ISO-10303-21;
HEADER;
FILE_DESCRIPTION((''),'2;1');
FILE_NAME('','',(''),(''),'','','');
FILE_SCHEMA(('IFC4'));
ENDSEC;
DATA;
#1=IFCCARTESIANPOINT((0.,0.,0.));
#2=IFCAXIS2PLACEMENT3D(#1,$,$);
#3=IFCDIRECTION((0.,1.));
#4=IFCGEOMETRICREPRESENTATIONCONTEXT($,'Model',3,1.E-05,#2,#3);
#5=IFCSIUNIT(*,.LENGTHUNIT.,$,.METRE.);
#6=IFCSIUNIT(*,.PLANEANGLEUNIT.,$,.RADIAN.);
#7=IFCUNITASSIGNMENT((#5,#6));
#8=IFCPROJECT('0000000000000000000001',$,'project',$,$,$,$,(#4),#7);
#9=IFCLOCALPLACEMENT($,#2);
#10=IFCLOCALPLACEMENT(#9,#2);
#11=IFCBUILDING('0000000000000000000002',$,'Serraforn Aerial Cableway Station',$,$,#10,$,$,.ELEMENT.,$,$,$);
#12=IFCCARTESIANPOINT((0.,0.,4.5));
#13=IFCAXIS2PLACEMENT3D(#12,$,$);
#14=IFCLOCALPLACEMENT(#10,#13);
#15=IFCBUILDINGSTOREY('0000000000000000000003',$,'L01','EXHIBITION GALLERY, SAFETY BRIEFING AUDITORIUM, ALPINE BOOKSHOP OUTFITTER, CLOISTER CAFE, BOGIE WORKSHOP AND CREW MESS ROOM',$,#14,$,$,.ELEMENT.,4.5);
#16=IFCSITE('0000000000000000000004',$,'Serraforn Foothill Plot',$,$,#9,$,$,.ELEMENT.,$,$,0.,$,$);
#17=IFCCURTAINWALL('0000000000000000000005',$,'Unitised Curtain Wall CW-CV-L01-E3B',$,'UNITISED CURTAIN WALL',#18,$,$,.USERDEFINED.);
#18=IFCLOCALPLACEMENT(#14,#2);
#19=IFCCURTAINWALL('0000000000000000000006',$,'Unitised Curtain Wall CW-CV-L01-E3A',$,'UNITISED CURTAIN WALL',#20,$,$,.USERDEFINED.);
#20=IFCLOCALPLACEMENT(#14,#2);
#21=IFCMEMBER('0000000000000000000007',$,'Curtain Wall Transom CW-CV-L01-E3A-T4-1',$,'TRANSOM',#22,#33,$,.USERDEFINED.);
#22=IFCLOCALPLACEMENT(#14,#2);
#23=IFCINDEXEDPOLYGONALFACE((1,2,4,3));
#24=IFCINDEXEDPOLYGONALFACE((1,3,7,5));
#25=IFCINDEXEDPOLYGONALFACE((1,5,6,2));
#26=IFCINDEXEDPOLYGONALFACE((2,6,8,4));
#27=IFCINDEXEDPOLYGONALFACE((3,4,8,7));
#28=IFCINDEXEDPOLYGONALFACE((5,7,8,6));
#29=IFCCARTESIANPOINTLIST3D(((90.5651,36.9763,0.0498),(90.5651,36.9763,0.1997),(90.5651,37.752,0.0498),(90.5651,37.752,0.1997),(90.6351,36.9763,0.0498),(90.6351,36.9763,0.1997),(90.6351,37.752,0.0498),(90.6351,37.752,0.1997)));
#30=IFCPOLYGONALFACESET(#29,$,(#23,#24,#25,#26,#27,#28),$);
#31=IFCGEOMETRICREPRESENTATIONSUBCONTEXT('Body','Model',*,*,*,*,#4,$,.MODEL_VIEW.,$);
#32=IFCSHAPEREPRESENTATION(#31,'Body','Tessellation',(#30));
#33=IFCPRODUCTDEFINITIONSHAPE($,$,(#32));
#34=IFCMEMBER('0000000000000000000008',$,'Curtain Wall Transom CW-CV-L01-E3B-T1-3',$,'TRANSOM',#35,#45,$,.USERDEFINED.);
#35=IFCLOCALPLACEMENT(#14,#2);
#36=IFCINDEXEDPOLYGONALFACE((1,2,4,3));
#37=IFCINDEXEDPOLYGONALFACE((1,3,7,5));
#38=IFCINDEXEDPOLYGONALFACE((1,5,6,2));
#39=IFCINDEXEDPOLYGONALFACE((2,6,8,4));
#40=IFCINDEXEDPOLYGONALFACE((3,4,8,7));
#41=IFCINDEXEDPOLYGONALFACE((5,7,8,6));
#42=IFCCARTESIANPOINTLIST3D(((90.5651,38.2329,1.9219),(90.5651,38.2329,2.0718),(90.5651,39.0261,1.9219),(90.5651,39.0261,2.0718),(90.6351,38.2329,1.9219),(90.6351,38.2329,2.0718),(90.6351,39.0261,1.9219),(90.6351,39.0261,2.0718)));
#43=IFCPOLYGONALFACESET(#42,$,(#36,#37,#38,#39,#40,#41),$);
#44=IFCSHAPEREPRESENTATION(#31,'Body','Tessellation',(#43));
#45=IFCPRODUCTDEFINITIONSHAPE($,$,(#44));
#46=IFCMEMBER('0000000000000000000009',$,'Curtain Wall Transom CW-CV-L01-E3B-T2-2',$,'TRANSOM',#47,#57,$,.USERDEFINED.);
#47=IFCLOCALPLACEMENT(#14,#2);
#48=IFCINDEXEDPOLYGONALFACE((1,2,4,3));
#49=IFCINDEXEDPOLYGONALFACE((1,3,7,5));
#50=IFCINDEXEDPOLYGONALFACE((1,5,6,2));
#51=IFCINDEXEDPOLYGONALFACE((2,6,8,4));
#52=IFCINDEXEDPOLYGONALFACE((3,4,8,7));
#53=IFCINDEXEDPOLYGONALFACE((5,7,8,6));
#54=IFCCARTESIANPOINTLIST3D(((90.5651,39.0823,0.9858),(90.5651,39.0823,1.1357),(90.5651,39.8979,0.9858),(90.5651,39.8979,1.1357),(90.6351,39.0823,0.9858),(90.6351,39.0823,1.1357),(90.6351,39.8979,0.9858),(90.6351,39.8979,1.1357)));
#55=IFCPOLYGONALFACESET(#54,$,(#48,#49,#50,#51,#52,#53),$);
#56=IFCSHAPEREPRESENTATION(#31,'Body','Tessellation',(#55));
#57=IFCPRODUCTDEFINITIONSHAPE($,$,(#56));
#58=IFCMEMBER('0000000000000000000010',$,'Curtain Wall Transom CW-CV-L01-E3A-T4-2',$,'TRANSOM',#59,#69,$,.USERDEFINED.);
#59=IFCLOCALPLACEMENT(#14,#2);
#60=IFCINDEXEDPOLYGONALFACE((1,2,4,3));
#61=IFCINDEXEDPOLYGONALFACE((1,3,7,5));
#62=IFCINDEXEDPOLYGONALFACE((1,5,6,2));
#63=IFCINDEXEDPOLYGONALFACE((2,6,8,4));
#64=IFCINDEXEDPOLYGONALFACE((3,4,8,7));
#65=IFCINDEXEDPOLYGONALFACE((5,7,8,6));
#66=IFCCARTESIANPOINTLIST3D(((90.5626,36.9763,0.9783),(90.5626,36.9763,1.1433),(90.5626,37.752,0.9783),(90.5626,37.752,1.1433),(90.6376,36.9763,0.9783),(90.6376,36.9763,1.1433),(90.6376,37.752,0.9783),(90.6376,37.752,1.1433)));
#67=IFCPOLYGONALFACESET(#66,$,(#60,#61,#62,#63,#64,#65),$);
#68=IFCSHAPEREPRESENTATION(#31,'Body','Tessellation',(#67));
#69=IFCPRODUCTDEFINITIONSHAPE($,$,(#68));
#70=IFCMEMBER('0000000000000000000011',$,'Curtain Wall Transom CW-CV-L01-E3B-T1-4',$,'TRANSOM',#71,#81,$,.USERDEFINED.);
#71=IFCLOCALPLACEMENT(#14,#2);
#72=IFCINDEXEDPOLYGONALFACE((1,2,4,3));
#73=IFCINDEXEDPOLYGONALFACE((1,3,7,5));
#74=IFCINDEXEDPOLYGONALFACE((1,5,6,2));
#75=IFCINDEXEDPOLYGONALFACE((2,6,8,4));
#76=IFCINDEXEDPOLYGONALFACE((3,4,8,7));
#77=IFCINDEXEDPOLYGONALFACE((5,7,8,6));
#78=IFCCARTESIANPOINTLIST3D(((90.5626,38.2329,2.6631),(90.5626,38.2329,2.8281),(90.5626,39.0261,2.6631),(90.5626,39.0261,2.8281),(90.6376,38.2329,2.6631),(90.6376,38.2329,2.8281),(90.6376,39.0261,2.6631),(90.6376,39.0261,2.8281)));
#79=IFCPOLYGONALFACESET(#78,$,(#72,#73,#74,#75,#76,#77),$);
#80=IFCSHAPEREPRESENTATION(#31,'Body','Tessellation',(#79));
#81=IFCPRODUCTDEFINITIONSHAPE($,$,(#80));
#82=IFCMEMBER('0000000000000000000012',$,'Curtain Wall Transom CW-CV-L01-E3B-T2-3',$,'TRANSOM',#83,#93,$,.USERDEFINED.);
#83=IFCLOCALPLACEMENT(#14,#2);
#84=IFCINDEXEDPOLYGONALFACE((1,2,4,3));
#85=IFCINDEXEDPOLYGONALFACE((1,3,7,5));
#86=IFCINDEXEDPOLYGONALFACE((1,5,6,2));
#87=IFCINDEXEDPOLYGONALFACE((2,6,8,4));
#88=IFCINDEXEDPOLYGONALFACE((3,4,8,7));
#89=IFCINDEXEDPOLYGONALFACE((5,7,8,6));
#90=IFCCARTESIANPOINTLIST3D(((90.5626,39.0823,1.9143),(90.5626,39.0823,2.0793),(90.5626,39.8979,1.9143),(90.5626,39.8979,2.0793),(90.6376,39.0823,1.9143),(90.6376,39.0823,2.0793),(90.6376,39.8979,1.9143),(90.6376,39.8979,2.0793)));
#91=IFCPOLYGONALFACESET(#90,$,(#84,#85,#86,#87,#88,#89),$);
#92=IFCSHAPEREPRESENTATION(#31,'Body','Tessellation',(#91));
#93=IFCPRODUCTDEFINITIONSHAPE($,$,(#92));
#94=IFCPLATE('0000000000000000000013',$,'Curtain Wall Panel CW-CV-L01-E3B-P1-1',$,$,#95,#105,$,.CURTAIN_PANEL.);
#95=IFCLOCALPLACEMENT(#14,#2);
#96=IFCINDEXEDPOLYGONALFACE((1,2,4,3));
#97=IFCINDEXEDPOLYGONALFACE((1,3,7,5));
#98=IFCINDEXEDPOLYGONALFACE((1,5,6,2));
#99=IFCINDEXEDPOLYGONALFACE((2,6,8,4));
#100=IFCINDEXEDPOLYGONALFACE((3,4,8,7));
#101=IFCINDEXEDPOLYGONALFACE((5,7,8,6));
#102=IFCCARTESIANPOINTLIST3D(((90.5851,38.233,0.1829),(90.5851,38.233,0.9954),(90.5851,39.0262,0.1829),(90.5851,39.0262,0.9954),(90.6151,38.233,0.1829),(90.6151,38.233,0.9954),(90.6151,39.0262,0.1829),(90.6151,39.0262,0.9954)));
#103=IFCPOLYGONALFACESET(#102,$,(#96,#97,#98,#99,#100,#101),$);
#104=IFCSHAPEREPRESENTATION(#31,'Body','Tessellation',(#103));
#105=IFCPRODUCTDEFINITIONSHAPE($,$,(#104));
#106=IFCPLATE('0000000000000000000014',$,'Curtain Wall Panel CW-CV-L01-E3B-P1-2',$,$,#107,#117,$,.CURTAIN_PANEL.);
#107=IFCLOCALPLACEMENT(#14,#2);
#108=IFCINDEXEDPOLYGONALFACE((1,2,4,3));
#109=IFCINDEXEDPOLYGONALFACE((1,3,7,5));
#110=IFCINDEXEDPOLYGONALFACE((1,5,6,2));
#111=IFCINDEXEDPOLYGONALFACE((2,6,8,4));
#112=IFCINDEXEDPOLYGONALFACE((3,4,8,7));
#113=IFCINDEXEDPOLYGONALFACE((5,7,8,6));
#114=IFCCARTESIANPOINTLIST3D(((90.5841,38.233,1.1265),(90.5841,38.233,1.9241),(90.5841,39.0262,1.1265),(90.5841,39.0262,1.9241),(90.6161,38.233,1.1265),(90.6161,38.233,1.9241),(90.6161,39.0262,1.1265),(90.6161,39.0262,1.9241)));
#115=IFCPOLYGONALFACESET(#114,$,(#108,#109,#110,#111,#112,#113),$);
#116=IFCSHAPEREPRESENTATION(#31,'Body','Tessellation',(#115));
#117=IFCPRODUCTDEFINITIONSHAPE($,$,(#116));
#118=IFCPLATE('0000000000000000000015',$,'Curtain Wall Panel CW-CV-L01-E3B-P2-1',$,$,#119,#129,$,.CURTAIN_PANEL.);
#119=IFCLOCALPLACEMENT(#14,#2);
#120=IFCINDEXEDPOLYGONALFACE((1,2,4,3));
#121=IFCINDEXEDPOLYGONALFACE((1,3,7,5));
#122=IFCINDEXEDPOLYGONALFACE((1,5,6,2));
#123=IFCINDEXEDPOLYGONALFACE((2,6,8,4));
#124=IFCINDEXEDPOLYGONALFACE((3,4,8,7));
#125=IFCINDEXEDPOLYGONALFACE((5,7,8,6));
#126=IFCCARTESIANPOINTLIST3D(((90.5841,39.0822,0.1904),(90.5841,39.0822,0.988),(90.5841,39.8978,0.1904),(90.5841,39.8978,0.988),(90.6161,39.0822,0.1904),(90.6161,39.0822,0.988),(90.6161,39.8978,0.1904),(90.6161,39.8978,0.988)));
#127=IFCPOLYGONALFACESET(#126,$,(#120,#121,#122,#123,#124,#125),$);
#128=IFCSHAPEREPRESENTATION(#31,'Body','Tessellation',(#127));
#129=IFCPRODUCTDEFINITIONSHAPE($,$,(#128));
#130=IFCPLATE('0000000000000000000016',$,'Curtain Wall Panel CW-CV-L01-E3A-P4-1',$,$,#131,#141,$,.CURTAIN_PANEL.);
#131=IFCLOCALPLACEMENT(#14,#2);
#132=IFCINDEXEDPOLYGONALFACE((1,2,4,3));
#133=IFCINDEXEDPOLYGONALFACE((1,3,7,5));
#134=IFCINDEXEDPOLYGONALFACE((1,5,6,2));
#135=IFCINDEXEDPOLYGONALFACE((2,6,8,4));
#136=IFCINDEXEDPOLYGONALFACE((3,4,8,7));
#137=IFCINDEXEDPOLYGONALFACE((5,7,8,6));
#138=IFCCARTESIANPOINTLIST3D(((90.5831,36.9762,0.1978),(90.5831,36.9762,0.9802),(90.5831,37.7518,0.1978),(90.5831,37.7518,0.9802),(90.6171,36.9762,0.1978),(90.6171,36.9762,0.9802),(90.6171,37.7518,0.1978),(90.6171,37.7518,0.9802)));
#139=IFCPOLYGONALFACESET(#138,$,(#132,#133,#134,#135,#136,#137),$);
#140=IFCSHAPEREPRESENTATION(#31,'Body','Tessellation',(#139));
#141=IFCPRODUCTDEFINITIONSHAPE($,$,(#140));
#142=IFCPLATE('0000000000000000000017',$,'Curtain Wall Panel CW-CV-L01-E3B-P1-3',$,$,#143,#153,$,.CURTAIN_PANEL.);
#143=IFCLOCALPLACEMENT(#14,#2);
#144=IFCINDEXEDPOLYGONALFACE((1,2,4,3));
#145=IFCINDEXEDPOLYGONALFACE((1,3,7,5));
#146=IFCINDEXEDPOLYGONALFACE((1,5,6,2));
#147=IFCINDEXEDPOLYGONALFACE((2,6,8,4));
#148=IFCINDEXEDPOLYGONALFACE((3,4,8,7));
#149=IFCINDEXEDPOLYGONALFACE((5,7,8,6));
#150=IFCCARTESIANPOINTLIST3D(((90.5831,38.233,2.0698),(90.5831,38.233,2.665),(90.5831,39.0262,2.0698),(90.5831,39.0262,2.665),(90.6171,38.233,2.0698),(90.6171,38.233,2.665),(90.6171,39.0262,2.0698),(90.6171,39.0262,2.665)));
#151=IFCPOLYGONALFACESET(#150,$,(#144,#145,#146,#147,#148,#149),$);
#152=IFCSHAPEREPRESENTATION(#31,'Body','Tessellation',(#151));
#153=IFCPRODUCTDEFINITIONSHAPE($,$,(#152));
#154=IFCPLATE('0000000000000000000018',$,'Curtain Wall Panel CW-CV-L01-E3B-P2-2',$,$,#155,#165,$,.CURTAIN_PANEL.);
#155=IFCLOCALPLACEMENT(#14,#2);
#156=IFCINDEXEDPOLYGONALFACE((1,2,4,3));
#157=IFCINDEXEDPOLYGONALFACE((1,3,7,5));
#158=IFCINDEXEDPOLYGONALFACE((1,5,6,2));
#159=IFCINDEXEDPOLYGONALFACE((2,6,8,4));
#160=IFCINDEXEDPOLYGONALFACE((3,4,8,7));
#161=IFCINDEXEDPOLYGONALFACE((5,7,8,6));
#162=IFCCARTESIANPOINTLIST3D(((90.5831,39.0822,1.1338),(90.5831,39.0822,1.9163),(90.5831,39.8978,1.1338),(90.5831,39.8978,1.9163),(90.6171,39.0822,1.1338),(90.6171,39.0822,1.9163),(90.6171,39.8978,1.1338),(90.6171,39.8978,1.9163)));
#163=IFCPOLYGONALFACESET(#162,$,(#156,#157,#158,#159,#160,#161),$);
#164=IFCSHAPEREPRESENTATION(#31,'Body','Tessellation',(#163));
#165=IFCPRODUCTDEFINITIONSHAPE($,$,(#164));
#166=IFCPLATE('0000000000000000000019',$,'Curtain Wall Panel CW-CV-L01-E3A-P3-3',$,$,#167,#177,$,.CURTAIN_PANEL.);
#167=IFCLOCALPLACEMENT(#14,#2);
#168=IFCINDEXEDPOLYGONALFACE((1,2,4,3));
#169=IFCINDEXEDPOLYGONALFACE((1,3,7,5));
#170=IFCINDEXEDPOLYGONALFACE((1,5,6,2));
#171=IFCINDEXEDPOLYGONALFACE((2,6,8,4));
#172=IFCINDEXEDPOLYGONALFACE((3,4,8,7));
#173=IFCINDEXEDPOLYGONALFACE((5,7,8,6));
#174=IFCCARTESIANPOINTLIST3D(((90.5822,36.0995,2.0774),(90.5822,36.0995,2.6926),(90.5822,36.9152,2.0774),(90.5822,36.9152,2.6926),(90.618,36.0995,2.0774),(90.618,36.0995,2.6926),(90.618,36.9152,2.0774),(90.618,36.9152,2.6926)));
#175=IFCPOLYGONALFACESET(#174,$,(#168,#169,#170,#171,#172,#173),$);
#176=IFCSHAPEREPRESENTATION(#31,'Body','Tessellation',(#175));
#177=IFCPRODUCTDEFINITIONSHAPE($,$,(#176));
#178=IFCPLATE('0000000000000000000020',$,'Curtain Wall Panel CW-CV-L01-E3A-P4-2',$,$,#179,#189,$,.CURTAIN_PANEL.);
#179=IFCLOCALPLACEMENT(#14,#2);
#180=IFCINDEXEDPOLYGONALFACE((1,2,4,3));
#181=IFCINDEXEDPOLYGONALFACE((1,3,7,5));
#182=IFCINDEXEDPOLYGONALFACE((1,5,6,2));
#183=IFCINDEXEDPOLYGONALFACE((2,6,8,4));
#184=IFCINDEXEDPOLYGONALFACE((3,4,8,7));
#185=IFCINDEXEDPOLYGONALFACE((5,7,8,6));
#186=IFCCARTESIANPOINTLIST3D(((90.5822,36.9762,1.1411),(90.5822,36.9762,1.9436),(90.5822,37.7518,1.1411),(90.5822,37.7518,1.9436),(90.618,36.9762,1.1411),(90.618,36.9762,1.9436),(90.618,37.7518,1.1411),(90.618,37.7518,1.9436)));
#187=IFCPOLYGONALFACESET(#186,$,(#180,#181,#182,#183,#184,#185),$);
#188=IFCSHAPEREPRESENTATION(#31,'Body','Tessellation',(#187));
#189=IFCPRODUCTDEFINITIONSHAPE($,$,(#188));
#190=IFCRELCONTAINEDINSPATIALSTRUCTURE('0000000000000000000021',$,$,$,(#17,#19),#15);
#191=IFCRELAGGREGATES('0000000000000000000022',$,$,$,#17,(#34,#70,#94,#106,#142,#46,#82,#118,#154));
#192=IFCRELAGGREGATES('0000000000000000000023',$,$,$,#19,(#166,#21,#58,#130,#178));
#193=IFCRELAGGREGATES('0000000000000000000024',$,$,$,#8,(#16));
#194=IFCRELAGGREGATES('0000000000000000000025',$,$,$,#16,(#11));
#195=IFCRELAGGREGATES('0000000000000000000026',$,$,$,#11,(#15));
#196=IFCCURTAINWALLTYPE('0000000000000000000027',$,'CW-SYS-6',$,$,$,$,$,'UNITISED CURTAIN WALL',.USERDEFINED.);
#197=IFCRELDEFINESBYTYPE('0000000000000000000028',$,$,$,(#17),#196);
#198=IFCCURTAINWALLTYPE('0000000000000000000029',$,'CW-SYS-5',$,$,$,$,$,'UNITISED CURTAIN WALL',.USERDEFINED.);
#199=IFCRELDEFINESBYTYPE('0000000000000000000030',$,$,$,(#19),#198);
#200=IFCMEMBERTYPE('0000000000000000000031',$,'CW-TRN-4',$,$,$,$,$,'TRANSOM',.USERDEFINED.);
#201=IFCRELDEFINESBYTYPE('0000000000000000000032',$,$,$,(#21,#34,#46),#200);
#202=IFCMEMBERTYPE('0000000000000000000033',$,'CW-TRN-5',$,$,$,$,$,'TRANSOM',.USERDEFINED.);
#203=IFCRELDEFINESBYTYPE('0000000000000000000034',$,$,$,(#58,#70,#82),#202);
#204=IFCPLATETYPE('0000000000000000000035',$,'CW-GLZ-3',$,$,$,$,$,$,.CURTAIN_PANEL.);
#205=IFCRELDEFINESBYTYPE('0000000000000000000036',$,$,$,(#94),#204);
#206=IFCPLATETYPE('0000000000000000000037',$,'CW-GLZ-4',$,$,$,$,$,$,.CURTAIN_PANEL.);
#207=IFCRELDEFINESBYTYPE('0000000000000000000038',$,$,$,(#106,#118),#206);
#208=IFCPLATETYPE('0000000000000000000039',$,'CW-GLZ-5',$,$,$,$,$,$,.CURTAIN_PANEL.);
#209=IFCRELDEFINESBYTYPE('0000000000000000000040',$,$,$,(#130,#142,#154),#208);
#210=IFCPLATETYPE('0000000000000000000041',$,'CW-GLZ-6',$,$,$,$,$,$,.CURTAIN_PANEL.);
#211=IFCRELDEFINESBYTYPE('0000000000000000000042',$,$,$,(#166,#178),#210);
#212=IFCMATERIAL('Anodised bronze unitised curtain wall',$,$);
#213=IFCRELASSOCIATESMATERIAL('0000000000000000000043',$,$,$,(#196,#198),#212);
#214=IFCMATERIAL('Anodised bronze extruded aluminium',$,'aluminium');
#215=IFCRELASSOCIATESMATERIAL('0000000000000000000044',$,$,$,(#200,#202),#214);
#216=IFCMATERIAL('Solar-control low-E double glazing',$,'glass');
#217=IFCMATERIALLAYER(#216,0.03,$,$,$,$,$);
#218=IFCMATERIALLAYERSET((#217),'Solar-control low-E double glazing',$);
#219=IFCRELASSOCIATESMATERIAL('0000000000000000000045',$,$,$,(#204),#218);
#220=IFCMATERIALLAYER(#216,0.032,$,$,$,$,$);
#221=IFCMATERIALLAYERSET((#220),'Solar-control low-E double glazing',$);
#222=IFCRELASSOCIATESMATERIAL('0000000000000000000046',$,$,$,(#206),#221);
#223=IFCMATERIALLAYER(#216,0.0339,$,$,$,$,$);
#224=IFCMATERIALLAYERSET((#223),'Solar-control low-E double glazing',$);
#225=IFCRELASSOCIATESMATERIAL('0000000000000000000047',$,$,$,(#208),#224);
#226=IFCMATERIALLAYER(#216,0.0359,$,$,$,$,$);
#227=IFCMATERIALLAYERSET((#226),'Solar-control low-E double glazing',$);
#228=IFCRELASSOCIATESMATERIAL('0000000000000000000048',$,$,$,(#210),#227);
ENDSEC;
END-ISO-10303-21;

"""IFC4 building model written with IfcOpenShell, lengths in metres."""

from ifc_helpers import new_model, si_unit, direction, frame, origin, origin_2d, place, context, subcontext, project, spatial, rectangle, extrude, material, layer, layer_set, material_profile, profile_set, type_object, element, aggregate, save


model = new_model("IFC4")

# Units and contexts
model_context = context("Model", 3, precision=1e-05, world=origin(), true_north=direction((0.0, 1.0)))
body_context = subcontext(model_context, "Body", "Model", "MODEL_VIEW")
ifc_project = project(units=[si_unit("LENGTHUNIT", "METRE"), si_unit("PLANEANGLEUNIT", "RADIAN")], contexts=[model_context])

# Site, building, storey
site_placement = place(None, origin())
site = spatial("IfcSite", under=ifc_project, at=site_placement, Name="Serraforn Foothill Plot", CompositionType="ELEMENT", RefElevation=0.0)
building_placement = place(site_placement, origin())
building = spatial("IfcBuilding", under=site, at=building_placement, Name="Serraforn Aerial Cableway Station", CompositionType="ELEMENT")
storey_placement = place(building_placement, frame((0.0, 0.0, 4.5)))
storey = spatial("IfcBuildingStorey", under=building, at=storey_placement, Name="L01", Description="EXHIBITION GALLERY, SAFETY BRIEFING AUDITORIUM, ALPINE BOOKSHOP OUTFITTER, CLOISTER CAFE, BOGIE WORKSHOP AND CREW MESS ROOM", CompositionType="ELEMENT", Elevation=4.5)

# Curtain walls
ifc_material_1 = material(Name="Anodised bronze unitised curtain wall")
curtain_wall_type_1 = type_object("IfcCurtainWallType", Name="CW-SYS-6", ElementType="UNITISED CURTAIN WALL", PredefinedType="USERDEFINED", material=ifc_material_1)
curtain_wall_1_placement = place(storey_placement, origin())
curtain_wall_1 = element("IfcCurtainWall", 1, at=curtain_wall_1_placement, inside=storey, type_object=curtain_wall_type_1, Name="Unitised Curtain Wall CW-CV-L01-E3B", ObjectType="UNITISED CURTAIN WALL", PredefinedType="USERDEFINED")
ifc_material_2 = material(Name="Anodised bronze extruded aluminium", Category="aluminium")
curtain_wall_type_2 = type_object("IfcCurtainWallType", Name="CW-SYS-5", ElementType="UNITISED CURTAIN WALL", PredefinedType="USERDEFINED", material=ifc_material_1)
curtain_wall_2_placement = place(storey_placement, origin())
curtain_wall_2 = element("IfcCurtainWall", 2, at=curtain_wall_2_placement, inside=storey, type_object=curtain_wall_type_2, Name="Unitised Curtain Wall CW-CV-L01-E3A", ObjectType="UNITISED CURTAIN WALL", PredefinedType="USERDEFINED")

# Members
ifc_material_profile_1 = material_profile(ifc_material_2, rectangle(XDim=0.0701, YDim=0.1499, at=origin_2d()), Name="CW TRANSOM 70x150")
ifc_profile_set_1 = profile_set([ifc_material_profile_1], Name="Anodised bronze extruded aluminium")
member_type_1 = type_object("IfcMemberType", Name="CW-TRN-4", ElementType="TRANSOM", PredefinedType="USERDEFINED", material=ifc_profile_set_1)
member_1_placement = place(storey_placement, frame((90.6001, 36.9763, 0.1248), z_axis=(0.0, 1.0, 0.0), x_axis=(-1.0, 0.0, 0.0)))
member_1 = element("IfcMember", 3, at=member_1_placement, type_object=member_type_1, Name="Curtain Wall Transom CW-CV-L01-E3A-T4-1", ObjectType="TRANSOM", PredefinedType="USERDEFINED", context=body_context, shape_type="SweptSolid", body=[
    extrude(rectangle(XDim=0.0701, YDim=0.1499, at=origin_2d()), origin(), (0.0, 0.0, 1.0), 0.7756),
])
member_2_placement = place(storey_placement, frame((90.6001, 38.2329, 1.9968), z_axis=(0.0, 1.0, 0.0), x_axis=(-1.0, 0.0, 0.0)))
member_2 = element("IfcMember", 4, at=member_2_placement, type_object=member_type_1, Name="Curtain Wall Transom CW-CV-L01-E3B-T1-3", ObjectType="TRANSOM", PredefinedType="USERDEFINED", context=body_context, shape_type="SweptSolid", body=[
    extrude(rectangle(XDim=0.0701, YDim=0.1499, at=origin_2d()), origin(), (0.0, 0.0, 1.0), 0.7932),
])
member_3_placement = place(storey_placement, frame((90.6001, 39.0823, 1.0608), z_axis=(0.0, 1.0, 0.0), x_axis=(-1.0, 0.0, 0.0)))
member_3 = element("IfcMember", 5, at=member_3_placement, type_object=member_type_1, Name="Curtain Wall Transom CW-CV-L01-E3B-T2-2", ObjectType="TRANSOM", PredefinedType="USERDEFINED", context=body_context, shape_type="SweptSolid", body=[
    extrude(rectangle(XDim=0.0701, YDim=0.1499, at=origin_2d()), origin(), (0.0, 0.0, 1.0), 0.8157),
])
ifc_material_profile_2 = material_profile(ifc_material_2, rectangle(XDim=0.075, YDim=0.165, at=origin_2d()), Name="CW TRANSOM 75x165")
ifc_profile_set_2 = profile_set([ifc_material_profile_2], Name="Anodised bronze extruded aluminium")
member_type_2 = type_object("IfcMemberType", Name="CW-TRN-5", ElementType="TRANSOM", PredefinedType="USERDEFINED", material=ifc_profile_set_2)
member_4_placement = place(storey_placement, frame((90.6001, 36.9763, 1.0608), z_axis=(0.0, 1.0, 0.0), x_axis=(-1.0, 0.0, 0.0)))
member_4 = element("IfcMember", 6, at=member_4_placement, type_object=member_type_2, Name="Curtain Wall Transom CW-CV-L01-E3A-T4-2", ObjectType="TRANSOM", PredefinedType="USERDEFINED", context=body_context, shape_type="SweptSolid", body=[
    extrude(rectangle(XDim=0.075, YDim=0.165, at=origin_2d()), origin(), (0.0, 0.0, 1.0), 0.7756),
])
member_5_placement = place(storey_placement, frame((90.6001, 38.2329, 2.7456), z_axis=(0.0, 1.0, 0.0), x_axis=(-1.0, 0.0, 0.0)))
member_5 = element("IfcMember", 7, at=member_5_placement, type_object=member_type_2, Name="Curtain Wall Transom CW-CV-L01-E3B-T1-4", ObjectType="TRANSOM", PredefinedType="USERDEFINED", context=body_context, shape_type="SweptSolid", body=[
    extrude(rectangle(XDim=0.075, YDim=0.165, at=origin_2d()), origin(), (0.0, 0.0, 1.0), 0.7932),
])
member_6_placement = place(storey_placement, frame((90.6001, 39.0823, 1.9968), z_axis=(0.0, 1.0, 0.0), x_axis=(-1.0, 0.0, 0.0)))
member_6 = element("IfcMember", 8, at=member_6_placement, type_object=member_type_2, Name="Curtain Wall Transom CW-CV-L01-E3B-T2-3", ObjectType="TRANSOM", PredefinedType="USERDEFINED", context=body_context, shape_type="SweptSolid", body=[
    extrude(rectangle(XDim=0.075, YDim=0.165, at=origin_2d()), origin(), (0.0, 0.0, 1.0), 0.8157),
])

# Plates
ifc_material_3 = material(Name="Solar-control low-E double glazing", Category="glass")
ifc_layer_1 = layer(ifc_material_3, 0.03)
ifc_layer_set_1 = layer_set([ifc_layer_1], Name="Solar-control low-E double glazing")
plate_type_1 = type_object("IfcPlateType", Name="CW-GLZ-3", PredefinedType="CURTAIN_PANEL", material=ifc_layer_set_1)
plate_1_placement = place(storey_placement, frame((90.6001, 38.6296, 0.1829), z_axis=(0.0, 0.0, 1.0), x_axis=(1.0, 0.0, 0.0)))
plate_1 = element("IfcPlate", 9, at=plate_1_placement, type_object=plate_type_1, Name="Curtain Wall Panel CW-CV-L01-E3B-P1-1", PredefinedType="CURTAIN_PANEL", context=body_context, shape_type="SweptSolid", body=[
    extrude(rectangle(XDim=0.03, YDim=0.7932, at=origin_2d()), origin(), (0.0, 0.0, 1.0), 0.8125),
])
ifc_layer_2 = layer(ifc_material_3, 0.032)
ifc_layer_set_2 = layer_set([ifc_layer_2], Name="Solar-control low-E double glazing")
plate_type_2 = type_object("IfcPlateType", Name="CW-GLZ-4", PredefinedType="CURTAIN_PANEL", material=ifc_layer_set_2)
plate_2_placement = place(storey_placement, frame((90.6001, 38.6296, 1.1265), z_axis=(0.0, 0.0, 1.0), x_axis=(1.0, 0.0, 0.0)))
plate_2 = element("IfcPlate", 10, at=plate_2_placement, type_object=plate_type_2, Name="Curtain Wall Panel CW-CV-L01-E3B-P1-2", PredefinedType="CURTAIN_PANEL", context=body_context, shape_type="SweptSolid", body=[
    extrude(rectangle(XDim=0.032, YDim=0.7932, at=origin_2d()), origin(), (0.0, 0.0, 1.0), 0.7976),
])
plate_3_placement = place(storey_placement, frame((90.6001, 39.49, 0.1904), z_axis=(0.0, 0.0, 1.0), x_axis=(1.0, 0.0, 0.0)))
plate_3 = element("IfcPlate", 11, at=plate_3_placement, type_object=plate_type_2, Name="Curtain Wall Panel CW-CV-L01-E3B-P2-1", PredefinedType="CURTAIN_PANEL", context=body_context, shape_type="SweptSolid", body=[
    extrude(rectangle(XDim=0.032, YDim=0.8157, at=origin_2d()), origin(), (0.0, 0.0, 1.0), 0.7976),
])
ifc_layer_3 = layer(ifc_material_3, 0.0339)
ifc_layer_set_3 = layer_set([ifc_layer_3], Name="Solar-control low-E double glazing")
plate_type_3 = type_object("IfcPlateType", Name="CW-GLZ-5", PredefinedType="CURTAIN_PANEL", material=ifc_layer_set_3)
plate_4_placement = place(storey_placement, frame((90.6001, 37.364, 0.1978), z_axis=(0.0, 0.0, 1.0), x_axis=(1.0, 0.0, 0.0)))
plate_4 = element("IfcPlate", 12, at=plate_4_placement, type_object=plate_type_3, Name="Curtain Wall Panel CW-CV-L01-E3A-P4-1", PredefinedType="CURTAIN_PANEL", context=body_context, shape_type="SweptSolid", body=[
    extrude(rectangle(XDim=0.0339, YDim=0.7756, at=origin_2d()), origin(), (0.0, 0.0, 1.0), 0.7825),
])
plate_5_placement = place(storey_placement, frame((90.6001, 38.6296, 2.0698), z_axis=(0.0, 0.0, 1.0), x_axis=(1.0, 0.0, 0.0)))
plate_5 = element("IfcPlate", 13, at=plate_5_placement, type_object=plate_type_3, Name="Curtain Wall Panel CW-CV-L01-E3B-P1-3", PredefinedType="CURTAIN_PANEL", context=body_context, shape_type="SweptSolid", body=[
    extrude(rectangle(XDim=0.0339, YDim=0.7932, at=origin_2d()), origin(), (0.0, 0.0, 1.0), 0.5952),
])
plate_6_placement = place(storey_placement, frame((90.6001, 39.49, 1.1338), z_axis=(0.0, 0.0, 1.0), x_axis=(1.0, 0.0, 0.0)))
plate_6 = element("IfcPlate", 14, at=plate_6_placement, type_object=plate_type_3, Name="Curtain Wall Panel CW-CV-L01-E3B-P2-2", PredefinedType="CURTAIN_PANEL", context=body_context, shape_type="SweptSolid", body=[
    extrude(rectangle(XDim=0.0339, YDim=0.8157, at=origin_2d()), origin(), (0.0, 0.0, 1.0), 0.7825),
])
aggregate(curtain_wall_1, [member_2, member_5, plate_1, plate_2, plate_5, member_3, member_6, plate_3, plate_6])
ifc_layer_4 = layer(ifc_material_3, 0.0359)
ifc_layer_set_4 = layer_set([ifc_layer_4], Name="Solar-control low-E double glazing")
plate_type_4 = type_object("IfcPlateType", Name="CW-GLZ-6", PredefinedType="CURTAIN_PANEL", material=ifc_layer_set_4)
plate_7_placement = place(storey_placement, frame((90.6001, 36.5073, 2.0774), z_axis=(0.0, 0.0, 1.0), x_axis=(1.0, 0.0, 0.0)))
plate_7 = element("IfcPlate", 15, at=plate_7_placement, type_object=plate_type_4, Name="Curtain Wall Panel CW-CV-L01-E3A-P3-3", PredefinedType="CURTAIN_PANEL", context=body_context, shape_type="SweptSolid", body=[
    extrude(rectangle(XDim=0.0359, YDim=0.8157, at=origin_2d()), origin(), (0.0, 0.0, 1.0), 0.6152),
])
plate_8_placement = place(storey_placement, frame((90.6001, 37.364, 1.1411), z_axis=(0.0, 0.0, 1.0), x_axis=(1.0, 0.0, 0.0)))
plate_8 = element("IfcPlate", 16, at=plate_8_placement, type_object=plate_type_4, Name="Curtain Wall Panel CW-CV-L01-E3A-P4-2", PredefinedType="CURTAIN_PANEL", context=body_context, shape_type="SweptSolid", body=[
    extrude(rectangle(XDim=0.0359, YDim=0.7756, at=origin_2d()), origin(), (0.0, 0.0, 1.0), 0.8025),
])
aggregate(curtain_wall_2, [plate_7, member_1, member_4, plate_4, plate_8])

save(model, "model.ifc")
